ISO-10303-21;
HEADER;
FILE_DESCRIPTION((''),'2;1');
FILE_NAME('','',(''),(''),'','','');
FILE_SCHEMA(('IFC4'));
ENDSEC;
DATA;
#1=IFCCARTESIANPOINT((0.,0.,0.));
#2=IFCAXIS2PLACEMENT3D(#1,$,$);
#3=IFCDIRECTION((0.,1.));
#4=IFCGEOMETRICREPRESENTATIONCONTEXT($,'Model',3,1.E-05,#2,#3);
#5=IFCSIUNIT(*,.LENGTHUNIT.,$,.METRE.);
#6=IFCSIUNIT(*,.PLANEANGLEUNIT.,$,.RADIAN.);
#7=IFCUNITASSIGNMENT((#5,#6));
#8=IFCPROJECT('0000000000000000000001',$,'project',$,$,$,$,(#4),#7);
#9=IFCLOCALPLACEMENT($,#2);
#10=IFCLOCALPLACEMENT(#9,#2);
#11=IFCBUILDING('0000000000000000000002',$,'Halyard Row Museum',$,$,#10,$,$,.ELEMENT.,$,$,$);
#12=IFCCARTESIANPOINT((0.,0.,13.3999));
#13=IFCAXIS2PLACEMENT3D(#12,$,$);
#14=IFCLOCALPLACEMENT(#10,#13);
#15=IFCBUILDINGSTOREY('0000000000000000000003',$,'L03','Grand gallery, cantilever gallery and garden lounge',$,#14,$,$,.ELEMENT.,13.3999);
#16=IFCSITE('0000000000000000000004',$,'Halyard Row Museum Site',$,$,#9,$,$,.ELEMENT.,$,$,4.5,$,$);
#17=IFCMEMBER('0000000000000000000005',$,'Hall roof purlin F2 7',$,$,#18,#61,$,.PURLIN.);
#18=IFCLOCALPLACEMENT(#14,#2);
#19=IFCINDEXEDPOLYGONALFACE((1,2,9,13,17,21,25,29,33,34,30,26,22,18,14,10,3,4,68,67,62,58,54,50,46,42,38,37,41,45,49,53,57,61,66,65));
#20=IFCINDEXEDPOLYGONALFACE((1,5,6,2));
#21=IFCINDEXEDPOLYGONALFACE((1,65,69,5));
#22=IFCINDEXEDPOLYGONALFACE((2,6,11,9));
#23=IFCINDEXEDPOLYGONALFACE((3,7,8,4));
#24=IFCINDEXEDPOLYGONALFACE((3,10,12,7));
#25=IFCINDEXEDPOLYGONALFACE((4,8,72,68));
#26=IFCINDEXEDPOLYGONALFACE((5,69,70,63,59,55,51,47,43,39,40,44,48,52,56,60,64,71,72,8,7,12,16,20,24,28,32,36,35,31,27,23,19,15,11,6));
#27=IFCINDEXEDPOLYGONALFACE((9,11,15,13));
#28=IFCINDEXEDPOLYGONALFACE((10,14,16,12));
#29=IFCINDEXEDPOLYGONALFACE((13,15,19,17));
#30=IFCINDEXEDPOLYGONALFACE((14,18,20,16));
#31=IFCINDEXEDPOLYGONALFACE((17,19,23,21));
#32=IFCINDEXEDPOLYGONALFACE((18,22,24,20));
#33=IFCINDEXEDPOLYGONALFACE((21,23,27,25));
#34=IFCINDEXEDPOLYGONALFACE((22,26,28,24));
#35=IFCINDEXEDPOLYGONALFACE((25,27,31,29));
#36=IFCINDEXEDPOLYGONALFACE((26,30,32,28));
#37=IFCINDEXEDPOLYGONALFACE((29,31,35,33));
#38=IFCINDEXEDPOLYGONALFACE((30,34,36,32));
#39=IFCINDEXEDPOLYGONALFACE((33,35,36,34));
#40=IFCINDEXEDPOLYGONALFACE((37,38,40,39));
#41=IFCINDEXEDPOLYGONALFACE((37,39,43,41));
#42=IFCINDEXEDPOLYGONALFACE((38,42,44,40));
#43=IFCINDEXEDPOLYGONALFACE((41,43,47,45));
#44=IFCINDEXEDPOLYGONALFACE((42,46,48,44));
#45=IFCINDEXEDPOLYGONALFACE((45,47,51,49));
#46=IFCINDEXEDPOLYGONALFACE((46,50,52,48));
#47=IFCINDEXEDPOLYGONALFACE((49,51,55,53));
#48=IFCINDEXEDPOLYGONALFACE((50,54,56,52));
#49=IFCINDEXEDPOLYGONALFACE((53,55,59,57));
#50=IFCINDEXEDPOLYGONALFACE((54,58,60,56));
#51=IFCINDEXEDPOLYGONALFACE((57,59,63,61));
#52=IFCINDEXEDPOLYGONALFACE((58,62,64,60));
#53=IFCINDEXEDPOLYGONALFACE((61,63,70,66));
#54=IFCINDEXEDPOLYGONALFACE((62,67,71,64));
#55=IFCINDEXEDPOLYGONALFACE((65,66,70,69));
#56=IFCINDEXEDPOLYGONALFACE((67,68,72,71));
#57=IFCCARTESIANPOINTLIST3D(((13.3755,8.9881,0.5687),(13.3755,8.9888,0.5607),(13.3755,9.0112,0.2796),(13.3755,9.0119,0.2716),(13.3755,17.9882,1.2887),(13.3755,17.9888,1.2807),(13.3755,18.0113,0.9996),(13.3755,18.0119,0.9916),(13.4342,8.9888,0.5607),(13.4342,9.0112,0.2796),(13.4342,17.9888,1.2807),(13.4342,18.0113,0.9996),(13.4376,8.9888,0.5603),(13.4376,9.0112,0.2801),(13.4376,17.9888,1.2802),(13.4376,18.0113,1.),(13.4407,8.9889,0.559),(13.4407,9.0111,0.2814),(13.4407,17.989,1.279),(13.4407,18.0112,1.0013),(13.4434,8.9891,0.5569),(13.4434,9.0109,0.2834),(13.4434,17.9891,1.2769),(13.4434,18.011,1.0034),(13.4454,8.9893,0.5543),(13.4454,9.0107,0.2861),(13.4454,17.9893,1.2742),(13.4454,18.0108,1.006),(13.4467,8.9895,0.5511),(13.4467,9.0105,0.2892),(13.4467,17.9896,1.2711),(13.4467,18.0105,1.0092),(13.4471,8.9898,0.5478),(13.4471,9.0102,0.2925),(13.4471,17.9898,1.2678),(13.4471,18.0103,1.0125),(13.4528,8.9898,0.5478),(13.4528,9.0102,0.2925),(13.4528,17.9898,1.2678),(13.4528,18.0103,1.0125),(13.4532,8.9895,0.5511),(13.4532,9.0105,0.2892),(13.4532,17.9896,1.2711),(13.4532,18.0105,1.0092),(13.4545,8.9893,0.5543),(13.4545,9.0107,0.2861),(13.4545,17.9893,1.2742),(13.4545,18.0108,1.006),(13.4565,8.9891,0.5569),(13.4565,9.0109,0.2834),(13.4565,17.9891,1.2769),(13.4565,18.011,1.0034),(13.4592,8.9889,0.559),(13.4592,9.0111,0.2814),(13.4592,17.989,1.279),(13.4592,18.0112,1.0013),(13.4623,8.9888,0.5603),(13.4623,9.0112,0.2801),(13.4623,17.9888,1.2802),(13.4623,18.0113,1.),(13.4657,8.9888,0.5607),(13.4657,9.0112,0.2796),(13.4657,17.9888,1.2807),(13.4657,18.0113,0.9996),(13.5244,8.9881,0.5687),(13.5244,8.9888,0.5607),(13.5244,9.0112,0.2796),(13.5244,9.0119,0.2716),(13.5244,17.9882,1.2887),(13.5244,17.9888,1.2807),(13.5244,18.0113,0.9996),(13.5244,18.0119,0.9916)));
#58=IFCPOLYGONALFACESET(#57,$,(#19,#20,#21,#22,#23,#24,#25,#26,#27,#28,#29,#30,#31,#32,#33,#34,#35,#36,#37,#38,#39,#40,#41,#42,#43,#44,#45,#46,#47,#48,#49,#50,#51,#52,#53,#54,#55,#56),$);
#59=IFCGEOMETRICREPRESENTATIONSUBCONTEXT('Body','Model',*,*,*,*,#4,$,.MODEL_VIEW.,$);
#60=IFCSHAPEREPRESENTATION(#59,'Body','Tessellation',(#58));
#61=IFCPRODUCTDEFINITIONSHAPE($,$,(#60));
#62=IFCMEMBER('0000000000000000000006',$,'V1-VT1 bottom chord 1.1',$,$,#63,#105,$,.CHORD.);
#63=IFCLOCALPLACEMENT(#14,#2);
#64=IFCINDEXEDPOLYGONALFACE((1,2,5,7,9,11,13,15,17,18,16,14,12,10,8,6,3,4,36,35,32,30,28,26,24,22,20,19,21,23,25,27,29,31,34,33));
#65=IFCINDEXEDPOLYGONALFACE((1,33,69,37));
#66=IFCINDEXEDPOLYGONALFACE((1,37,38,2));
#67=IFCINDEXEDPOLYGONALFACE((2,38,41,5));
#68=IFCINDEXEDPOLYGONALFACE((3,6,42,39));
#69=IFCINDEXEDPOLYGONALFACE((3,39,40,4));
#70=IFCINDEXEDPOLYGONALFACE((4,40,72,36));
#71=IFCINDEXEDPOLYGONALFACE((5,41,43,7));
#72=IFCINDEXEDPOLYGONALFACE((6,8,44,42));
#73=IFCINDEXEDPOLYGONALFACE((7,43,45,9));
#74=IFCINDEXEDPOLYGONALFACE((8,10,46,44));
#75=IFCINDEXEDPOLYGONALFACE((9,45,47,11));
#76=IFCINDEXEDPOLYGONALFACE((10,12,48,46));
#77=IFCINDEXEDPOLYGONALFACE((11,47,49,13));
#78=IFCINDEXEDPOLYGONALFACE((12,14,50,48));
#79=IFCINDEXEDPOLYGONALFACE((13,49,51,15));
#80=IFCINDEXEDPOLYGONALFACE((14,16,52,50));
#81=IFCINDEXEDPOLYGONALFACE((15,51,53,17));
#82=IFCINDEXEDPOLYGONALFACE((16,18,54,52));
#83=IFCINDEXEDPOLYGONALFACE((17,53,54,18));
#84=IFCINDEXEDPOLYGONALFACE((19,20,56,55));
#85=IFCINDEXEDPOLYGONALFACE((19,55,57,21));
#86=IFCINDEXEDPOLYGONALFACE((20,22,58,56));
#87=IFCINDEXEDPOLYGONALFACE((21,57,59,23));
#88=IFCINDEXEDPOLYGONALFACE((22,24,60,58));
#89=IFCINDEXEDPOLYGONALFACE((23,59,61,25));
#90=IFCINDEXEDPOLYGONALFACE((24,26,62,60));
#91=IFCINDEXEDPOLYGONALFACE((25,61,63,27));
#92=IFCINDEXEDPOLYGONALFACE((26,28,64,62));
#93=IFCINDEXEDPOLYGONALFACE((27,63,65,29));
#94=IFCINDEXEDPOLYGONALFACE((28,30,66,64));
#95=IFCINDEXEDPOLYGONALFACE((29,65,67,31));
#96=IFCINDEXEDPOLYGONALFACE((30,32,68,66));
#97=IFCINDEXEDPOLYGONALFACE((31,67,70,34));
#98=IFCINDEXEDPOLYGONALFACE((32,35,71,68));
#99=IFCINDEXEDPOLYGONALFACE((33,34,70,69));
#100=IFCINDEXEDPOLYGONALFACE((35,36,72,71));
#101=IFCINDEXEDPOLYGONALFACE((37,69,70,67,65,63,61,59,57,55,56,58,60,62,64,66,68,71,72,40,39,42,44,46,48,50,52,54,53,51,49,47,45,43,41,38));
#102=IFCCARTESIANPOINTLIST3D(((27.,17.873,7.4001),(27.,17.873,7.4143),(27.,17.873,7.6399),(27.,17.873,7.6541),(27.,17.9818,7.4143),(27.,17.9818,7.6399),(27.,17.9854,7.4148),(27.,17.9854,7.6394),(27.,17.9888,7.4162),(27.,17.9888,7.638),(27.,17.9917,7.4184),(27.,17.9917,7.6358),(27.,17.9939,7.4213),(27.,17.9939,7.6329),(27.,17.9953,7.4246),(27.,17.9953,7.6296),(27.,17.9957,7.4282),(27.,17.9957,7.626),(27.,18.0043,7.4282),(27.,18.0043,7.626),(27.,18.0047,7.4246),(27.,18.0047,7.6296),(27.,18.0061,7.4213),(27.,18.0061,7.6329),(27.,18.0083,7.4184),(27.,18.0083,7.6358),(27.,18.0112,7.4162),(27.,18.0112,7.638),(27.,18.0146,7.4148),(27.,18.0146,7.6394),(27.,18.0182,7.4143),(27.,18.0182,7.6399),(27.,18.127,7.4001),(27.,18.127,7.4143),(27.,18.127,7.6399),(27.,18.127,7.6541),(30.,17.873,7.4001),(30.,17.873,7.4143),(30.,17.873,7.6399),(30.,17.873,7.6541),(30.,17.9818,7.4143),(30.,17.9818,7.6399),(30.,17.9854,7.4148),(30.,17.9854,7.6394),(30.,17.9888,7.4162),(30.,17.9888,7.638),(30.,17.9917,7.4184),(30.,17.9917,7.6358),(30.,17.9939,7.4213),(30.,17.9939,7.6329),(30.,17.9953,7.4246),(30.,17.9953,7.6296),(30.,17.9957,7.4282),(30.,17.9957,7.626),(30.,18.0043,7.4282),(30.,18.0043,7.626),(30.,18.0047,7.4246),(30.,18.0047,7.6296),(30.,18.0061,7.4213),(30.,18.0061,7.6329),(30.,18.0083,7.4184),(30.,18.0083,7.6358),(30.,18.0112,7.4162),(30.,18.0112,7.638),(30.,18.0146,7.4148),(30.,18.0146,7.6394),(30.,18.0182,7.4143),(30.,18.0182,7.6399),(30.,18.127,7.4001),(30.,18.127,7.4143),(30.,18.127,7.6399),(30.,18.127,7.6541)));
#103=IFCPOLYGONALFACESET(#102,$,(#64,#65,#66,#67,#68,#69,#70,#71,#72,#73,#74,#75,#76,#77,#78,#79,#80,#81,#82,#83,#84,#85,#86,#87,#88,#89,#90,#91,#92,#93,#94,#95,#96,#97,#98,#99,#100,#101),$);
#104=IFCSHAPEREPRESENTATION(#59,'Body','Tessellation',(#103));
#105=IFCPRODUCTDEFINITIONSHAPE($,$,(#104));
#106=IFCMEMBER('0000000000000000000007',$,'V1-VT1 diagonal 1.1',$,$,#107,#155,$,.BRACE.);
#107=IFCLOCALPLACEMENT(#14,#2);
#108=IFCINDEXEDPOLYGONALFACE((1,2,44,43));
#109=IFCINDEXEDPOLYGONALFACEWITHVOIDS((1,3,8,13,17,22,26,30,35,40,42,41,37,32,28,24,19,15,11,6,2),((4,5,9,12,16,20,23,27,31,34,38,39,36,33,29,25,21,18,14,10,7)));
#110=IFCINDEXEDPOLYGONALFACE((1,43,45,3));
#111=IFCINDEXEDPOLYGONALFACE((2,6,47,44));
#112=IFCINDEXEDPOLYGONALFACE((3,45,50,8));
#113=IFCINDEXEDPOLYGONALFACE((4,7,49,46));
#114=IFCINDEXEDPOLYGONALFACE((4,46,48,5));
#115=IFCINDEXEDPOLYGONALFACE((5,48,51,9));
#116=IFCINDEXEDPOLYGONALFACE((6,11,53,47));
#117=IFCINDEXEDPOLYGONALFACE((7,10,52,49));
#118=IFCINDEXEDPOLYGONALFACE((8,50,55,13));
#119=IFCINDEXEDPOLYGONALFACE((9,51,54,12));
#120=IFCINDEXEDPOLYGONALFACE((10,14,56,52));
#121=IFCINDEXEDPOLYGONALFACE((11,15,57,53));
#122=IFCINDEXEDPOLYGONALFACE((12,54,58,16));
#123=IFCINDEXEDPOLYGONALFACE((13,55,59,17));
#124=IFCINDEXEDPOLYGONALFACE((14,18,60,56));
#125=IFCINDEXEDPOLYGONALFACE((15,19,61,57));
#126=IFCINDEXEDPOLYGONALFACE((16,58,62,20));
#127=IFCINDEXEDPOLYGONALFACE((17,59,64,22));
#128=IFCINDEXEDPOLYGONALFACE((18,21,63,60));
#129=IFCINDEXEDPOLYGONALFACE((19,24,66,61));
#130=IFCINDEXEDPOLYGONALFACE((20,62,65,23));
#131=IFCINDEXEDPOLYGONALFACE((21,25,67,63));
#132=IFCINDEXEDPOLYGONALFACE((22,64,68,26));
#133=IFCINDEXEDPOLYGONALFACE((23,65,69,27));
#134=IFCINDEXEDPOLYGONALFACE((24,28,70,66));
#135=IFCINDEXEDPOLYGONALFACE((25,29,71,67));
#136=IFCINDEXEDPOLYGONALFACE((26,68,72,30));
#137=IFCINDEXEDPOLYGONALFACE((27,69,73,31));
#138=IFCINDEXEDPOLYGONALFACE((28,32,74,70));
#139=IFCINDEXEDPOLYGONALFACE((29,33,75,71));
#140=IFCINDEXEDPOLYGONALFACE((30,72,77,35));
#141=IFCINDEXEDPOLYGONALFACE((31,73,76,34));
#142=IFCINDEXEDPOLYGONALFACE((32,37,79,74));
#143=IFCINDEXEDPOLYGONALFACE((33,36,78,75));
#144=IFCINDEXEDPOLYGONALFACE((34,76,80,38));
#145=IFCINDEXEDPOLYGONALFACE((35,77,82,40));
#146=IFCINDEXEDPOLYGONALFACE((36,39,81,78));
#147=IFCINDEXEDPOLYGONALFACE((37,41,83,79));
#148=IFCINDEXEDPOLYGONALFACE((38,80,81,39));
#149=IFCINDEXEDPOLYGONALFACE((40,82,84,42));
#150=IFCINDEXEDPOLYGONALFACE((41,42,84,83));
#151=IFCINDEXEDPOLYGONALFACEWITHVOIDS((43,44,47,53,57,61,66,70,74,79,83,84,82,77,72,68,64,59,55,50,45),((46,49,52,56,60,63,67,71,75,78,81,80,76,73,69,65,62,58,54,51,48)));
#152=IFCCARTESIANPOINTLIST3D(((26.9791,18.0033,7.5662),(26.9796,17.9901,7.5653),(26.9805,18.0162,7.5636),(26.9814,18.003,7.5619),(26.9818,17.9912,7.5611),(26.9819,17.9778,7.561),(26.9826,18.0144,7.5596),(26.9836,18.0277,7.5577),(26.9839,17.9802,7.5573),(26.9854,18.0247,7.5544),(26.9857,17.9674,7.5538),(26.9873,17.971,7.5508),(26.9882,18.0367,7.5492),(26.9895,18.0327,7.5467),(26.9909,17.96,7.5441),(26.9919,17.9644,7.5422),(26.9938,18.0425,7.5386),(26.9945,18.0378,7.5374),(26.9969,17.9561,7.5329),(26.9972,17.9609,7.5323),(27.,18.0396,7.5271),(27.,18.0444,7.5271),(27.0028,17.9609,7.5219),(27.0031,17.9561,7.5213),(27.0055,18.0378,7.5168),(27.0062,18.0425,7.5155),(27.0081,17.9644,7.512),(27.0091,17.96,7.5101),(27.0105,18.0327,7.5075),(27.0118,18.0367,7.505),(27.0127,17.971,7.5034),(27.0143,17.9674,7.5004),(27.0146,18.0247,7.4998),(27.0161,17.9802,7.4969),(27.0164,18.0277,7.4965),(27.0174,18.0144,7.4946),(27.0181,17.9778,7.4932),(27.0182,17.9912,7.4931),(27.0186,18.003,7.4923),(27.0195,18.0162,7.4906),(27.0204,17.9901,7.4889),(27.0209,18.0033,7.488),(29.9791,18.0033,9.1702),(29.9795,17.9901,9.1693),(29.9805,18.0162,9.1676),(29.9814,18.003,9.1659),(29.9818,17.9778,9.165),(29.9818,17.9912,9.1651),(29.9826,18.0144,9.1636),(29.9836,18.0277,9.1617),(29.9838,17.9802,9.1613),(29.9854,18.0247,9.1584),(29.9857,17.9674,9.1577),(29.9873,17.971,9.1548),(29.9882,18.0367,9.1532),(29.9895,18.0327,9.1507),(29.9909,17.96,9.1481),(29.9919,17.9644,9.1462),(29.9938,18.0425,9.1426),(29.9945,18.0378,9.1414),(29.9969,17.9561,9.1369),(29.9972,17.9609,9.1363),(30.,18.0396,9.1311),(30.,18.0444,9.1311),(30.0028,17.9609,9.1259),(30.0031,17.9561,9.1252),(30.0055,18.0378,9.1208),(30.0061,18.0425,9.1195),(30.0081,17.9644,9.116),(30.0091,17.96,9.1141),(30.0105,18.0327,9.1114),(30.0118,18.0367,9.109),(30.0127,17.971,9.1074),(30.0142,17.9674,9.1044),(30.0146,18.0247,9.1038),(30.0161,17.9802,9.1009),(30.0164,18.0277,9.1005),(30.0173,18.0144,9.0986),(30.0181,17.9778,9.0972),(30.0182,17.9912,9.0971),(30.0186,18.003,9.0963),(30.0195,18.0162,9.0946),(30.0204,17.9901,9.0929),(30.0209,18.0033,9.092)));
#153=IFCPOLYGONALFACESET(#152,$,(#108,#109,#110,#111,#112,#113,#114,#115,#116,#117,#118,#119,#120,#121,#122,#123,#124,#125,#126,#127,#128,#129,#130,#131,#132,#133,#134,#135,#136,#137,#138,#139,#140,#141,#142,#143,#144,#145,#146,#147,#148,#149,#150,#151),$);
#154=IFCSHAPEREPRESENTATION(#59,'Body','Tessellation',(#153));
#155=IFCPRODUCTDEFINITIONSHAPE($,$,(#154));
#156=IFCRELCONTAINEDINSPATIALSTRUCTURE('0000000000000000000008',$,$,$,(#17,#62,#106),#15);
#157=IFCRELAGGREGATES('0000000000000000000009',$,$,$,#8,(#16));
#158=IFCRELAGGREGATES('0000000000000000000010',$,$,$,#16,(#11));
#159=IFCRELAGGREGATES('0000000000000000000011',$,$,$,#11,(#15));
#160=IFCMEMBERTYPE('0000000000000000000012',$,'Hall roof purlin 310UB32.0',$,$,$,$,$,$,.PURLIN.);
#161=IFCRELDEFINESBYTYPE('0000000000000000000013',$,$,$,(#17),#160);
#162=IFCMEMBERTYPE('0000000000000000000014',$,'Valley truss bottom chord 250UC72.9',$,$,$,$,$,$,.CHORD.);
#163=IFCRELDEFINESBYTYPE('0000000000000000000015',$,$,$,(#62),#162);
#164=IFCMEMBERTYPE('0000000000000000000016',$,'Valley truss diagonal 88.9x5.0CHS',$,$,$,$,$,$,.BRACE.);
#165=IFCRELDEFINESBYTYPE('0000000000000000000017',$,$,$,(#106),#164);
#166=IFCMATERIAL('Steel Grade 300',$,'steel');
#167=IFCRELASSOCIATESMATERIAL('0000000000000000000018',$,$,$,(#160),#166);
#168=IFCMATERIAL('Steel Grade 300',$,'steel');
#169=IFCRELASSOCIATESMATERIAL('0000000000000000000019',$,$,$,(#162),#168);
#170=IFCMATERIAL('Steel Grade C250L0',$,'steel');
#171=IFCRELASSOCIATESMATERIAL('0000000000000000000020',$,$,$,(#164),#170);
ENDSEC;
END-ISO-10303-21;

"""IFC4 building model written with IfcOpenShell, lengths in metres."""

from ifc_helpers import new_model, si_unit, direction, frame, origin, origin_2d, place, context, subcontext, project, spatial, hollow_circle, i_section, extrude, material, material_profile, profile_set, type_object, element, save


model = new_model("IFC4")

# Units and contexts
model_context = context("Model", 3, precision=1e-05, world=origin(), true_north=direction((0.0, 1.0)))
body_context = subcontext(model_context, "Body", "Model", "MODEL_VIEW")
ifc_project = project(units=[si_unit("LENGTHUNIT", "METRE"), si_unit("PLANEANGLEUNIT", "RADIAN")], contexts=[model_context])

# Site, building, storey
site_placement = place(None, origin())
site = spatial("IfcSite", under=ifc_project, at=site_placement, Name="Halyard Row Museum Site", CompositionType="ELEMENT", RefElevation=4.5)
building_placement = place(site_placement, origin())
building = spatial("IfcBuilding", under=site, at=building_placement, Name="Halyard Row Museum", CompositionType="ELEMENT")
storey_placement = place(building_placement, frame((0.0, 0.0, 13.3999)))
storey = spatial("IfcBuildingStorey", under=building, at=storey_placement, Name="L03", Description="Grand gallery, cantilever gallery and garden lounge", CompositionType="ELEMENT", Elevation=13.3999)

# Members
ifc_material_1 = material(Name="Steel Grade 300", Category="steel")
ifc_material_profile_1 = material_profile(ifc_material_1, i_section(OverallWidth=0.1489, OverallDepth=0.2981, WebThickness=0.0056, FlangeThickness=0.0081, FilletRadius=0.0129, at=origin_2d()), Name="310UB32.0")
ifc_profile_set_1 = profile_set([ifc_material_profile_1], Name="Steel Grade 300")
member_type_1 = type_object("IfcMemberType", Name="Hall roof purlin 310UB32.0", PredefinedType="PURLIN", material=ifc_profile_set_1)
for number, where, z_axis, x_axis, name in (
    (1, (13.45, 9.0, 0.4202), (0.0, 0.996816, 0.079742), (-1.0, 0.0, 0.0), "Hall roof purlin F2 7"),
):
    element("IfcMember", number, at=place(storey_placement, frame(where, z_axis=z_axis, x_axis=x_axis)), inside=storey, type_object=member_type_1, Name=name, PredefinedType="PURLIN", context=body_context, shape_type="SweptSolid", body=[
        extrude(i_section(OverallWidth=0.1489, OverallDepth=0.2981, WebThickness=0.0056, FlangeThickness=0.0081, FilletRadius=0.0129, at=origin_2d()), origin(), (0.0, 0.0, 1.0), 9.0288),
    ])
ifc_material_2 = material(Name="Steel Grade 300", Category="steel")
ifc_material_profile_2 = material_profile(ifc_material_2, i_section(OverallWidth=0.2539, OverallDepth=0.2539, WebThickness=0.0085, FlangeThickness=0.0142, FilletRadius=0.0139, at=origin_2d()), Name="250UC72.9")
ifc_profile_set_2 = profile_set([ifc_material_profile_2], Name="Steel Grade 300")
member_type_2 = type_object("IfcMemberType", Name="Valley truss bottom chord 250UC72.9", PredefinedType="CHORD", material=ifc_profile_set_2)
member_1_placement = place(storey_placement, frame((27.0, 18.0, 7.5271), z_axis=(1.0, 0.0, 0.0), x_axis=(0.0, 1.0, 0.0)))
element("IfcMember", 2, at=member_1_placement, inside=storey, type_object=member_type_2, Name="V1-VT1 bottom chord 1.1", PredefinedType="CHORD", context=body_context, shape_type="SweptSolid", body=[
    extrude(i_section(OverallWidth=0.2539, OverallDepth=0.2539, WebThickness=0.0085, FlangeThickness=0.0142, FilletRadius=0.0139, at=origin_2d()), origin(), (0.0, 0.0, 1.0), 3.0),
])
ifc_material_3 = material(Name="Steel Grade C250L0", Category="steel")
ifc_material_profile_3 = material_profile(ifc_material_3, hollow_circle(Radius=0.0444, WallThickness=0.0049, at=origin_2d()), Name="88.9x5.0CHS")
ifc_profile_set_3 = profile_set([ifc_material_profile_3], Name="Steel Grade C250L0")
member_type_3 = type_object("IfcMemberType", Name="Valley truss diagonal 88.9x5.0CHS", PredefinedType="BRACE", material=ifc_profile_set_3)
member_2_placement = place(storey_placement, frame((27.0, 18.0, 7.5271), z_axis=(0.881864, 0.0, 0.471504), x_axis=(0.0, 1.0, 0.0)))
element("IfcMember", 3, at=member_2_placement, inside=storey, type_object=member_type_3, Name="V1-VT1 diagonal 1.1", PredefinedType="BRACE", context=body_context, shape_type="SweptSolid", body=[
    extrude(hollow_circle(Radius=0.0444, WallThickness=0.0049, at=origin_2d()), origin(), (0.0, 0.0, 1.0), 3.4019),
])

save(model, "model.ifc")
